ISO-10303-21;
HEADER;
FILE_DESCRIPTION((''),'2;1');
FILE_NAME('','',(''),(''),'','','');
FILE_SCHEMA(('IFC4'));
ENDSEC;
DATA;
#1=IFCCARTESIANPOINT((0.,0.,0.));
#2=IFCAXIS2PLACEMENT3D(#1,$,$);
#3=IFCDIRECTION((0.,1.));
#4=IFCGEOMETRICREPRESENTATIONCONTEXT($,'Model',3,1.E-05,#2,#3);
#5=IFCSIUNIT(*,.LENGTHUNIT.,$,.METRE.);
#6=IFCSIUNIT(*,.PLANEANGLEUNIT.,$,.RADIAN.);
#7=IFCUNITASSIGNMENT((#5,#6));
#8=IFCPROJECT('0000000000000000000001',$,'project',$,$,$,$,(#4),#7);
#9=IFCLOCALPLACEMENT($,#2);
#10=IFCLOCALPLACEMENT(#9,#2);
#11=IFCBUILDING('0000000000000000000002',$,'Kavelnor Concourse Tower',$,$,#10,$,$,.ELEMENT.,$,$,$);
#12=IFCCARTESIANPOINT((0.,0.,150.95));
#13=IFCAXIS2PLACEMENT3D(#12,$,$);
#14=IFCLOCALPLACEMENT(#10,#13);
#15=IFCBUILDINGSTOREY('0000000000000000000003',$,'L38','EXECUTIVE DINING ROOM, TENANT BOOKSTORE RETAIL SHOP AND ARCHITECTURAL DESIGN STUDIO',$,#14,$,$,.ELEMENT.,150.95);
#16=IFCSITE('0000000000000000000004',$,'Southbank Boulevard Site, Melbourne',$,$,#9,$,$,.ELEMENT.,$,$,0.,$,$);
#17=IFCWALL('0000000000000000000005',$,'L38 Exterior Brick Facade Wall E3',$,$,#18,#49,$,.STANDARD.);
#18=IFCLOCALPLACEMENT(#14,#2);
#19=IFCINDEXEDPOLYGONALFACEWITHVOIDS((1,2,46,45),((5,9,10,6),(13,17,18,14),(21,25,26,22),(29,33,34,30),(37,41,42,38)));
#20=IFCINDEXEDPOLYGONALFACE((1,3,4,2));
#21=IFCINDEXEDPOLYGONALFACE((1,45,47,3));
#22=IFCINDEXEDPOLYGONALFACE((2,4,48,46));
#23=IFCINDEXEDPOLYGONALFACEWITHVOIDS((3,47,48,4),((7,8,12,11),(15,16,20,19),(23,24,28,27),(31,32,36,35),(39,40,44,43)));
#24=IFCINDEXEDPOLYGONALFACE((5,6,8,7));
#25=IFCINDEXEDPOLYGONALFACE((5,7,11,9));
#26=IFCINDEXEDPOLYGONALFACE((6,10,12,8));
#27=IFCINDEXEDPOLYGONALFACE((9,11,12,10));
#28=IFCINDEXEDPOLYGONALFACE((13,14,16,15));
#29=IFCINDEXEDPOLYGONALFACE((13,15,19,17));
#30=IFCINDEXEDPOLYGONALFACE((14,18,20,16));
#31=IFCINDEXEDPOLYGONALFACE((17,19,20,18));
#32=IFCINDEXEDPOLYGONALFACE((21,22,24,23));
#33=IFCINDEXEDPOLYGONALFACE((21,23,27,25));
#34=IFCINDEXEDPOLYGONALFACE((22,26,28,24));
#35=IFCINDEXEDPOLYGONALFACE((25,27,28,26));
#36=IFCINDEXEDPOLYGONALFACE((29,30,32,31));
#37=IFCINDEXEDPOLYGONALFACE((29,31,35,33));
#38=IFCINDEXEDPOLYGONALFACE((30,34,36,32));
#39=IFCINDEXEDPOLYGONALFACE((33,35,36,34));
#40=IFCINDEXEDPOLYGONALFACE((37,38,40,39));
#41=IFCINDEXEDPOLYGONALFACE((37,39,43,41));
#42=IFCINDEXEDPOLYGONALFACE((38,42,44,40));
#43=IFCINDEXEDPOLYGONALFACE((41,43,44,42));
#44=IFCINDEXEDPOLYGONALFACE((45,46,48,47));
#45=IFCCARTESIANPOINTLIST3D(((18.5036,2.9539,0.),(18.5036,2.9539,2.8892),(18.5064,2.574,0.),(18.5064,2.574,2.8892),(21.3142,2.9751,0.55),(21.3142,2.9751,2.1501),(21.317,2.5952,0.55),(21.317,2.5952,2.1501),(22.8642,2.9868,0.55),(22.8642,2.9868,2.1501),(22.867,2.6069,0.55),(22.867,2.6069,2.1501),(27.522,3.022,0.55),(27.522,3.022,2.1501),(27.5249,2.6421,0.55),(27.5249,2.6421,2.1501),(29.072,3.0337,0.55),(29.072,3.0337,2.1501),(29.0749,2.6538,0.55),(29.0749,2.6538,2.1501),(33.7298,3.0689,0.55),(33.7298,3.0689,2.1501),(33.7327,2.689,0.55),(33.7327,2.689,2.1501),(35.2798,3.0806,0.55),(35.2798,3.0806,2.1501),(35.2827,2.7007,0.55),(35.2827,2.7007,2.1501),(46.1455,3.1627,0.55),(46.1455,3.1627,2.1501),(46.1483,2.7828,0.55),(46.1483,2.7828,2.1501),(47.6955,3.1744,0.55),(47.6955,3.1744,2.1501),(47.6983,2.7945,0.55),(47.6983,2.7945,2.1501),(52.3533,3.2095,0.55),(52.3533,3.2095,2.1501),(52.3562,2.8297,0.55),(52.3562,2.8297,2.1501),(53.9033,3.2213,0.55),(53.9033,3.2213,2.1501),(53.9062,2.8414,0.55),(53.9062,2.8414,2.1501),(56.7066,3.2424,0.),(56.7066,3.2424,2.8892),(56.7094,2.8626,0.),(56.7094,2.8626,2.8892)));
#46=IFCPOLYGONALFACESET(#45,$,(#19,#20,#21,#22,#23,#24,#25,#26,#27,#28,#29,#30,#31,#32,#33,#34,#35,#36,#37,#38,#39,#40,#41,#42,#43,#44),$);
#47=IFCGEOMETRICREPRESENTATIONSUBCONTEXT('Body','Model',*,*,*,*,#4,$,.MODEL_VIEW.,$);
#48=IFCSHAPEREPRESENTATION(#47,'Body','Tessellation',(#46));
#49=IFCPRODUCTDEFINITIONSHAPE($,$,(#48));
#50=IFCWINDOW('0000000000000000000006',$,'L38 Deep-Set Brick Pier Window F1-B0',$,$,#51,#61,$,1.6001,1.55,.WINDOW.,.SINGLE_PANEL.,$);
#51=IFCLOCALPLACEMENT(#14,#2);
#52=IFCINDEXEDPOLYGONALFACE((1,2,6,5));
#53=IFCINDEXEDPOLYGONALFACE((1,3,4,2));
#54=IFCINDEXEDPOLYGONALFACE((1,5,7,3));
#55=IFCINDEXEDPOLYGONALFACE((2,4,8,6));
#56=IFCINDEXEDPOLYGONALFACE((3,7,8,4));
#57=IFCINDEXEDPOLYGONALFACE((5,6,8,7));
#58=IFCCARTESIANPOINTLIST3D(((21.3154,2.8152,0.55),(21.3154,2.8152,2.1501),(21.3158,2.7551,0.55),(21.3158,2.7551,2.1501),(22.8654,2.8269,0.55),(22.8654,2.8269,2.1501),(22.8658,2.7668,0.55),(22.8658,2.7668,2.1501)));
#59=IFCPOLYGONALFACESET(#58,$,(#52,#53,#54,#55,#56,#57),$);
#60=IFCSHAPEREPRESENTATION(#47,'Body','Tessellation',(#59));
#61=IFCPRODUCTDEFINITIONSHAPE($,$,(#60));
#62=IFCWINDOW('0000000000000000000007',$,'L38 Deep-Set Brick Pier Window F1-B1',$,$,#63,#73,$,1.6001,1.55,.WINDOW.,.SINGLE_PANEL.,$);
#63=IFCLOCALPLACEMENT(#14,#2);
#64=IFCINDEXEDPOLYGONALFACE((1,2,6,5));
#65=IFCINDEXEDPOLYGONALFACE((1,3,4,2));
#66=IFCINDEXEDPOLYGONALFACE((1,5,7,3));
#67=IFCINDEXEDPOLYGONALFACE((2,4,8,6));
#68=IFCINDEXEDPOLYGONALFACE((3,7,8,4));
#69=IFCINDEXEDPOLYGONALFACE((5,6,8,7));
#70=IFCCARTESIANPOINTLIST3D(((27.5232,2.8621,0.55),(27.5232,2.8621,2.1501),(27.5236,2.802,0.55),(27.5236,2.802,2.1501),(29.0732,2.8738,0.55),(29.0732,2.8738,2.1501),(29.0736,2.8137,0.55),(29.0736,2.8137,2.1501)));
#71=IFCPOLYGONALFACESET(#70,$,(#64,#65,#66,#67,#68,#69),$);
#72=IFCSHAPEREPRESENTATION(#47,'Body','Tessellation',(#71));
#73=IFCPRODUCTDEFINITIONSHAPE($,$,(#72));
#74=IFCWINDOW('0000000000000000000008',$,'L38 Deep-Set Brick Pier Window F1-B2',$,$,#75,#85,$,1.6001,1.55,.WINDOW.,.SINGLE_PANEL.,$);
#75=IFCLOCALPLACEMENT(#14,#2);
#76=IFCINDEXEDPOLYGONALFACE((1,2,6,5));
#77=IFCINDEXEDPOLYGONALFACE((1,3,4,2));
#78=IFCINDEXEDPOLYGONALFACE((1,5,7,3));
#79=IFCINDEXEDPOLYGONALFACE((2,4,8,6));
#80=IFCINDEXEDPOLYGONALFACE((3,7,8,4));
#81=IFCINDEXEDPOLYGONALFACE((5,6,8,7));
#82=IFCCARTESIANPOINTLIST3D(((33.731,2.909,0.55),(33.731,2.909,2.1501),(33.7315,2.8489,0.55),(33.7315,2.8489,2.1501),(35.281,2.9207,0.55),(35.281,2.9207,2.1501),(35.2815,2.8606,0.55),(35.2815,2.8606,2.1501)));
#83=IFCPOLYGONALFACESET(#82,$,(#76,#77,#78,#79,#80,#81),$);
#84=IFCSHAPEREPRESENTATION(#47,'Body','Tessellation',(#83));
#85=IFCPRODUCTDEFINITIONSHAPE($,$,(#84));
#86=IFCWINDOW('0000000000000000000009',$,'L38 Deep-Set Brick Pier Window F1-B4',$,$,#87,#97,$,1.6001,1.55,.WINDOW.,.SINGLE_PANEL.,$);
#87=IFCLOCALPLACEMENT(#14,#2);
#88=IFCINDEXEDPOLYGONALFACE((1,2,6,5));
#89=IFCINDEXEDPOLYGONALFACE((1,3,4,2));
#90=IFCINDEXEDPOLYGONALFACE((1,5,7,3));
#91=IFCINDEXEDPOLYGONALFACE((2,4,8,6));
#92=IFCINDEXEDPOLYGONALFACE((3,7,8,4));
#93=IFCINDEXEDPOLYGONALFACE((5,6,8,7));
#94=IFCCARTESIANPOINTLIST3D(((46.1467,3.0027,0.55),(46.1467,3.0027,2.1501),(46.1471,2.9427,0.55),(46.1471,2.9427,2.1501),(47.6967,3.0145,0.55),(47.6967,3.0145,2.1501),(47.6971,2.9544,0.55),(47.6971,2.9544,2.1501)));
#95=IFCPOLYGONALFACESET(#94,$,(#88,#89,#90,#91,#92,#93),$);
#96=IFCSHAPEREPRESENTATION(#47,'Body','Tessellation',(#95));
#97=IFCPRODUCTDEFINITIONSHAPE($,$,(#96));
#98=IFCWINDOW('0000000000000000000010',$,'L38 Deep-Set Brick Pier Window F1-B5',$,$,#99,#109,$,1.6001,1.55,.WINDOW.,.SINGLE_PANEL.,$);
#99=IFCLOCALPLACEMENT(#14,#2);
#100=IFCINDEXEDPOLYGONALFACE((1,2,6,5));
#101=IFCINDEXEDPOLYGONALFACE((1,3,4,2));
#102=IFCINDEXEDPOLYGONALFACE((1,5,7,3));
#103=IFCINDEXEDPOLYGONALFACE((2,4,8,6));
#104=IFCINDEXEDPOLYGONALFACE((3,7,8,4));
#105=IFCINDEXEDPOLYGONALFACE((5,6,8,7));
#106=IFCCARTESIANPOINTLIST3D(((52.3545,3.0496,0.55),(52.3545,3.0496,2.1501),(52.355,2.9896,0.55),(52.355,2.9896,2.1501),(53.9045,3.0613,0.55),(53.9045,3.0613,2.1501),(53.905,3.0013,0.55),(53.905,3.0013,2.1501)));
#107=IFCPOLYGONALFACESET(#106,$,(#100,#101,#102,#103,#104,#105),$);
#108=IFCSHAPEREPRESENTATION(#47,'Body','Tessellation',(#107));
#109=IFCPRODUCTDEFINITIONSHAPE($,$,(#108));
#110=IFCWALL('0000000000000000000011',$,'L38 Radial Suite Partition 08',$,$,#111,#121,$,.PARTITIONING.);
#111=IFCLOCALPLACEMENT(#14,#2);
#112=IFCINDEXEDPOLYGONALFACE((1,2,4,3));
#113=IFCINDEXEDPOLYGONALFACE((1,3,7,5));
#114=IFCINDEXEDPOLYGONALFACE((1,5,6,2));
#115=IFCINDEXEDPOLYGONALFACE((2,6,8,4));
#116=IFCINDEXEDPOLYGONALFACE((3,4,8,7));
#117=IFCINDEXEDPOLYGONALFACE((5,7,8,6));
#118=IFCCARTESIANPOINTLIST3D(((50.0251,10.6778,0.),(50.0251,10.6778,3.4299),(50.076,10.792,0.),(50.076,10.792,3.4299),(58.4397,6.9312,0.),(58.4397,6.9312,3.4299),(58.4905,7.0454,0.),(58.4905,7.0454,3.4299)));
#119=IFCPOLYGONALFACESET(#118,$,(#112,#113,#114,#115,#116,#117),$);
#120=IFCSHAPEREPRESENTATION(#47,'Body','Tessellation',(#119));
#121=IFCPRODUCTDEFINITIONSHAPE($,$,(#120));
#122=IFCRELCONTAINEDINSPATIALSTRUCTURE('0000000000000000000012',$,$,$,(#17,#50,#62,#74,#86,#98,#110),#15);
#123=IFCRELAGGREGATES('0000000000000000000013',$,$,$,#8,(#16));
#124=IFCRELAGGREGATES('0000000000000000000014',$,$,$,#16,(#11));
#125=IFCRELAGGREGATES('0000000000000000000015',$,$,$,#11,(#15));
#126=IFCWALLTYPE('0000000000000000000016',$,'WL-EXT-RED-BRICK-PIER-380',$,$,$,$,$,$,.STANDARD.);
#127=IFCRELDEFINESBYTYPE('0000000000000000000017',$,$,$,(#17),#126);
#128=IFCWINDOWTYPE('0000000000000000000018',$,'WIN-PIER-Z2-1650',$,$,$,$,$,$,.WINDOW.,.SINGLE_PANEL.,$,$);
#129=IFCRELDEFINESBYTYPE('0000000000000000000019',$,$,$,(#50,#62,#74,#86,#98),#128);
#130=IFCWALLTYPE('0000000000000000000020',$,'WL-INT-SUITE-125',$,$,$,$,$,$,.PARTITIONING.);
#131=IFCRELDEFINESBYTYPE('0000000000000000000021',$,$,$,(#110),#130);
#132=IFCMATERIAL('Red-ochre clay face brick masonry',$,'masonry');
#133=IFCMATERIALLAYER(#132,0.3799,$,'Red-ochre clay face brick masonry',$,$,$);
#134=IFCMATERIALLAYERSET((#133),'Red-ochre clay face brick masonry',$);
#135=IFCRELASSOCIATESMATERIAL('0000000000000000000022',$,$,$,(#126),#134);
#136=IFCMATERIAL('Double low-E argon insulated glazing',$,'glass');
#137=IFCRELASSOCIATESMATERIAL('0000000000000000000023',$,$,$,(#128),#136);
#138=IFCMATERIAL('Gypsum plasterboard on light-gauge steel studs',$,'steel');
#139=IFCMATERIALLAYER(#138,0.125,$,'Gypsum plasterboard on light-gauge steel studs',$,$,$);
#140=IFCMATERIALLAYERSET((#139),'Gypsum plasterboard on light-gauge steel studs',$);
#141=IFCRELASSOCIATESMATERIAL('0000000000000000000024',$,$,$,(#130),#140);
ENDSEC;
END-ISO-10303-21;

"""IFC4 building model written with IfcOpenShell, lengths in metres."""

from ifc_helpers import new_model, si_unit, direction, frame, frame_2d, origin, place, context, subcontext, project, spatial, rectangle, extrude, material, layer, layer_set, type_object, element, fill, save


model = new_model("IFC4")

# Units and contexts
model_context = context("Model", 3, precision=1e-05, world=origin(), true_north=direction((0.0, 1.0)))
body_context = subcontext(model_context, "Body", "Model", "MODEL_VIEW")
ifc_project = project(units=[si_unit("LENGTHUNIT", "METRE"), si_unit("PLANEANGLEUNIT", "RADIAN")], contexts=[model_context])

# Site, building, storey
site_placement = place(None, origin())
site = spatial("IfcSite", under=ifc_project, at=site_placement, Name="Southbank Boulevard Site, Melbourne", CompositionType="ELEMENT", RefElevation=0.0)
building_placement = place(site_placement, origin())
building = spatial("IfcBuilding", under=site, at=building_placement, Name="Kavelnor Concourse Tower", CompositionType="ELEMENT")
storey_placement = place(building_placement, frame((0.0, 0.0, 150.95)))
storey = spatial("IfcBuildingStorey", under=building, at=storey_placement, Name="L38", Description="EXECUTIVE DINING ROOM, TENANT BOOKSTORE RETAIL SHOP AND ARCHITECTURAL DESIGN STUDIO", CompositionType="ELEMENT", Elevation=150.95)

# Shared definitions
ifc_material_1 = material(Name="Double low-E argon insulated glazing", Category="glass")

# Wall, openings, windows
ifc_material_2 = material(Name="Red-ochre clay face brick masonry", Category="masonry")
ifc_layer_1 = layer(ifc_material_2, 0.3799, Name="Red-ochre clay face brick masonry")
ifc_layer_set_1 = layer_set([ifc_layer_1], Name="Red-ochre clay face brick masonry")
wall_type_1 = type_object("IfcWallType", Name="WL-EXT-RED-BRICK-PIER-380", PredefinedType="STANDARD", material=ifc_layer_set_1)
wall_1_placement = place(storey_placement, frame((56.708, 3.0525, 0.0), z_axis=(0.0, 0.0, 1.0), x_axis=(-0.999971, -0.007553, 0.0)))
wall_1 = element("IfcWall", 1, at=wall_1_placement, inside=storey, type_object=wall_type_1, Name="L38 Exterior Brick Facade Wall E3", PredefinedType="STANDARD", context=body_context, shape_type="SweptSolid", body=[
    extrude(rectangle(XDim=38.2041, YDim=0.3799, at=frame_2d((19.1021, 0.0))), origin(), (0.0, 0.0, 1.0), 2.8892),
])
opening_1_placement = place(wall_1_placement, frame((33.8435, 0.0, 0.55)))
opening_1 = element("IfcOpeningElement", 2, at=opening_1_placement, cuts=wall_1, PredefinedType="OPENING", context=body_context, shape_type="SweptSolid", body=[
    extrude(rectangle(XDim=1.55, YDim=1.6001, at=frame_2d((0.7749, 0.8))), frame((0.0, 0.2, 0.0), z_axis=(0.0, -1.0, 0.0), x_axis=(1.0, 0.0, 0.0)), (0.0, 0.0, 1.0), 0.3999),
])
opening_2_placement = place(wall_1_placement, frame((27.6355, 0.0, 0.55)))
opening_2 = element("IfcOpeningElement", 3, at=opening_2_placement, cuts=wall_1, PredefinedType="OPENING", context=body_context, shape_type="SweptSolid", body=[
    extrude(rectangle(XDim=1.55, YDim=1.6001, at=frame_2d((0.7749, 0.8))), frame((0.0, 0.2, 0.0), z_axis=(0.0, -1.0, 0.0), x_axis=(1.0, 0.0, 0.0)), (0.0, 0.0, 1.0), 0.3999),
])
opening_3_placement = place(wall_1_placement, frame((21.4275, 0.0, 0.55)))
opening_3 = element("IfcOpeningElement", 4, at=opening_3_placement, cuts=wall_1, PredefinedType="OPENING", context=body_context, shape_type="SweptSolid", body=[
    extrude(rectangle(XDim=1.55, YDim=1.6001, at=frame_2d((0.7749, 0.8))), frame((0.0, 0.2, 0.0), z_axis=(0.0, -1.0, 0.0), x_axis=(1.0, 0.0, 0.0)), (0.0, 0.0, 1.0), 0.3999),
])
opening_4_placement = place(wall_1_placement, frame((9.0115, 0.0, 0.55)))
opening_4 = element("IfcOpeningElement", 5, at=opening_4_placement, cuts=wall_1, PredefinedType="OPENING", context=body_context, shape_type="SweptSolid", body=[
    extrude(rectangle(XDim=1.55, YDim=1.6001, at=frame_2d((0.7749, 0.8))), frame((0.0, 0.2, 0.0), z_axis=(0.0, -1.0, 0.0), x_axis=(1.0, 0.0, 0.0)), (0.0, 0.0, 1.0), 0.3999),
])
opening_5_placement = place(wall_1_placement, frame((2.8035, 0.0, 0.55)))
opening_5 = element("IfcOpeningElement", 6, at=opening_5_placement, cuts=wall_1, PredefinedType="OPENING", context=body_context, shape_type="SweptSolid", body=[
    extrude(rectangle(XDim=1.55, YDim=1.6001, at=frame_2d((0.7749, 0.8))), frame((0.0, 0.2, 0.0), z_axis=(0.0, -1.0, 0.0), x_axis=(1.0, 0.0, 0.0)), (0.0, 0.0, 1.0), 0.3999),
])
window_type_1 = type_object("IfcWindowType", Name="WIN-PIER-Z2-1650", PartitioningType="SINGLE_PANEL", PredefinedType="WINDOW", material=ifc_material_1)
window_1_placement = place(opening_1_placement, origin())
window_1 = element("IfcWindow", 7, at=window_1_placement, inside=storey, type_object=window_type_1, Name="L38 Deep-Set Brick Pier Window F1-B0", OverallHeight=1.6001, OverallWidth=1.55, PartitioningType="SINGLE_PANEL", PredefinedType="WINDOW", context=body_context, shape_type="SweptSolid", body=[
    extrude(rectangle(XDim=1.55, YDim=1.6001, at=frame_2d((0.7749, 0.8))), frame((0.0, 0.03, 0.0), z_axis=(0.0, -1.0, 0.0), x_axis=(1.0, 0.0, 0.0)), (0.0, 0.0, 1.0), 0.0601),
])
fill(opening_1, window_1)
window_2_placement = place(opening_2_placement, origin())
window_2 = element("IfcWindow", 8, at=window_2_placement, inside=storey, type_object=window_type_1, Name="L38 Deep-Set Brick Pier Window F1-B1", OverallHeight=1.6001, OverallWidth=1.55, PartitioningType="SINGLE_PANEL", PredefinedType="WINDOW", context=body_context, shape_type="SweptSolid", body=[
    extrude(rectangle(XDim=1.55, YDim=1.6001, at=frame_2d((0.7749, 0.8))), frame((0.0, 0.03, 0.0), z_axis=(0.0, -1.0, 0.0), x_axis=(1.0, 0.0, 0.0)), (0.0, 0.0, 1.0), 0.0601),
])
fill(opening_2, window_2)
window_3_placement = place(opening_3_placement, origin())
window_3 = element("IfcWindow", 9, at=window_3_placement, inside=storey, type_object=window_type_1, Name="L38 Deep-Set Brick Pier Window F1-B2", OverallHeight=1.6001, OverallWidth=1.55, PartitioningType="SINGLE_PANEL", PredefinedType="WINDOW", context=body_context, shape_type="SweptSolid", body=[
    extrude(rectangle(XDim=1.55, YDim=1.6001, at=frame_2d((0.7749, 0.8))), frame((0.0, 0.03, 0.0), z_axis=(0.0, -1.0, 0.0), x_axis=(1.0, 0.0, 0.0)), (0.0, 0.0, 1.0), 0.0601),
])
fill(opening_3, window_3)
window_4_placement = place(opening_4_placement, origin())
window_4 = element("IfcWindow", 10, at=window_4_placement, inside=storey, type_object=window_type_1, Name="L38 Deep-Set Brick Pier Window F1-B4", OverallHeight=1.6001, OverallWidth=1.55, PartitioningType="SINGLE_PANEL", PredefinedType="WINDOW", context=body_context, shape_type="SweptSolid", body=[
    extrude(rectangle(XDim=1.55, YDim=1.6001, at=frame_2d((0.7749, 0.8))), frame((0.0, 0.03, 0.0), z_axis=(0.0, -1.0, 0.0), x_axis=(1.0, 0.0, 0.0)), (0.0, 0.0, 1.0), 0.0601),
])
fill(opening_4, window_4)
window_5_placement = place(opening_5_placement, origin())
window_5 = element("IfcWindow", 11, at=window_5_placement, inside=storey, type_object=window_type_1, Name="L38 Deep-Set Brick Pier Window F1-B5", OverallHeight=1.6001, OverallWidth=1.55, PartitioningType="SINGLE_PANEL", PredefinedType="WINDOW", context=body_context, shape_type="SweptSolid", body=[
    extrude(rectangle(XDim=1.55, YDim=1.6001, at=frame_2d((0.7749, 0.8))), frame((0.0, 0.03, 0.0), z_axis=(0.0, -1.0, 0.0), x_axis=(1.0, 0.0, 0.0)), (0.0, 0.0, 1.0), 0.0601),
])
fill(opening_5, window_5)

# Wall
ifc_material_3 = material(Name="Gypsum plasterboard on light-gauge steel studs", Category="steel")
ifc_layer_2 = layer(ifc_material_3, 0.125, Name="Gypsum plasterboard on light-gauge steel studs")
ifc_layer_set_2 = layer_set([ifc_layer_2], Name="Gypsum plasterboard on light-gauge steel studs")
wall_type_2 = type_object("IfcWallType", Name="WL-INT-SUITE-125", PredefinedType="PARTITIONING", material=ifc_layer_set_2)
wall_2_placement = place(storey_placement, frame((50.0505, 10.7349, 0.0), z_axis=(0.0, 0.0, 1.0), x_axis=(0.913538, -0.406753, 0.0)))
element("IfcWall", 12, at=wall_2_placement, inside=storey, type_object=wall_type_2, Name="L38 Radial Suite Partition 08", PredefinedType="PARTITIONING", context=body_context, shape_type="SweptSolid", body=[
    extrude(rectangle(XDim=9.2109, YDim=0.125, at=frame_2d((4.6055, 0.0))), origin(), (0.0, 0.0, 1.0), 3.4299),
])

save(model, "model.ifc")
